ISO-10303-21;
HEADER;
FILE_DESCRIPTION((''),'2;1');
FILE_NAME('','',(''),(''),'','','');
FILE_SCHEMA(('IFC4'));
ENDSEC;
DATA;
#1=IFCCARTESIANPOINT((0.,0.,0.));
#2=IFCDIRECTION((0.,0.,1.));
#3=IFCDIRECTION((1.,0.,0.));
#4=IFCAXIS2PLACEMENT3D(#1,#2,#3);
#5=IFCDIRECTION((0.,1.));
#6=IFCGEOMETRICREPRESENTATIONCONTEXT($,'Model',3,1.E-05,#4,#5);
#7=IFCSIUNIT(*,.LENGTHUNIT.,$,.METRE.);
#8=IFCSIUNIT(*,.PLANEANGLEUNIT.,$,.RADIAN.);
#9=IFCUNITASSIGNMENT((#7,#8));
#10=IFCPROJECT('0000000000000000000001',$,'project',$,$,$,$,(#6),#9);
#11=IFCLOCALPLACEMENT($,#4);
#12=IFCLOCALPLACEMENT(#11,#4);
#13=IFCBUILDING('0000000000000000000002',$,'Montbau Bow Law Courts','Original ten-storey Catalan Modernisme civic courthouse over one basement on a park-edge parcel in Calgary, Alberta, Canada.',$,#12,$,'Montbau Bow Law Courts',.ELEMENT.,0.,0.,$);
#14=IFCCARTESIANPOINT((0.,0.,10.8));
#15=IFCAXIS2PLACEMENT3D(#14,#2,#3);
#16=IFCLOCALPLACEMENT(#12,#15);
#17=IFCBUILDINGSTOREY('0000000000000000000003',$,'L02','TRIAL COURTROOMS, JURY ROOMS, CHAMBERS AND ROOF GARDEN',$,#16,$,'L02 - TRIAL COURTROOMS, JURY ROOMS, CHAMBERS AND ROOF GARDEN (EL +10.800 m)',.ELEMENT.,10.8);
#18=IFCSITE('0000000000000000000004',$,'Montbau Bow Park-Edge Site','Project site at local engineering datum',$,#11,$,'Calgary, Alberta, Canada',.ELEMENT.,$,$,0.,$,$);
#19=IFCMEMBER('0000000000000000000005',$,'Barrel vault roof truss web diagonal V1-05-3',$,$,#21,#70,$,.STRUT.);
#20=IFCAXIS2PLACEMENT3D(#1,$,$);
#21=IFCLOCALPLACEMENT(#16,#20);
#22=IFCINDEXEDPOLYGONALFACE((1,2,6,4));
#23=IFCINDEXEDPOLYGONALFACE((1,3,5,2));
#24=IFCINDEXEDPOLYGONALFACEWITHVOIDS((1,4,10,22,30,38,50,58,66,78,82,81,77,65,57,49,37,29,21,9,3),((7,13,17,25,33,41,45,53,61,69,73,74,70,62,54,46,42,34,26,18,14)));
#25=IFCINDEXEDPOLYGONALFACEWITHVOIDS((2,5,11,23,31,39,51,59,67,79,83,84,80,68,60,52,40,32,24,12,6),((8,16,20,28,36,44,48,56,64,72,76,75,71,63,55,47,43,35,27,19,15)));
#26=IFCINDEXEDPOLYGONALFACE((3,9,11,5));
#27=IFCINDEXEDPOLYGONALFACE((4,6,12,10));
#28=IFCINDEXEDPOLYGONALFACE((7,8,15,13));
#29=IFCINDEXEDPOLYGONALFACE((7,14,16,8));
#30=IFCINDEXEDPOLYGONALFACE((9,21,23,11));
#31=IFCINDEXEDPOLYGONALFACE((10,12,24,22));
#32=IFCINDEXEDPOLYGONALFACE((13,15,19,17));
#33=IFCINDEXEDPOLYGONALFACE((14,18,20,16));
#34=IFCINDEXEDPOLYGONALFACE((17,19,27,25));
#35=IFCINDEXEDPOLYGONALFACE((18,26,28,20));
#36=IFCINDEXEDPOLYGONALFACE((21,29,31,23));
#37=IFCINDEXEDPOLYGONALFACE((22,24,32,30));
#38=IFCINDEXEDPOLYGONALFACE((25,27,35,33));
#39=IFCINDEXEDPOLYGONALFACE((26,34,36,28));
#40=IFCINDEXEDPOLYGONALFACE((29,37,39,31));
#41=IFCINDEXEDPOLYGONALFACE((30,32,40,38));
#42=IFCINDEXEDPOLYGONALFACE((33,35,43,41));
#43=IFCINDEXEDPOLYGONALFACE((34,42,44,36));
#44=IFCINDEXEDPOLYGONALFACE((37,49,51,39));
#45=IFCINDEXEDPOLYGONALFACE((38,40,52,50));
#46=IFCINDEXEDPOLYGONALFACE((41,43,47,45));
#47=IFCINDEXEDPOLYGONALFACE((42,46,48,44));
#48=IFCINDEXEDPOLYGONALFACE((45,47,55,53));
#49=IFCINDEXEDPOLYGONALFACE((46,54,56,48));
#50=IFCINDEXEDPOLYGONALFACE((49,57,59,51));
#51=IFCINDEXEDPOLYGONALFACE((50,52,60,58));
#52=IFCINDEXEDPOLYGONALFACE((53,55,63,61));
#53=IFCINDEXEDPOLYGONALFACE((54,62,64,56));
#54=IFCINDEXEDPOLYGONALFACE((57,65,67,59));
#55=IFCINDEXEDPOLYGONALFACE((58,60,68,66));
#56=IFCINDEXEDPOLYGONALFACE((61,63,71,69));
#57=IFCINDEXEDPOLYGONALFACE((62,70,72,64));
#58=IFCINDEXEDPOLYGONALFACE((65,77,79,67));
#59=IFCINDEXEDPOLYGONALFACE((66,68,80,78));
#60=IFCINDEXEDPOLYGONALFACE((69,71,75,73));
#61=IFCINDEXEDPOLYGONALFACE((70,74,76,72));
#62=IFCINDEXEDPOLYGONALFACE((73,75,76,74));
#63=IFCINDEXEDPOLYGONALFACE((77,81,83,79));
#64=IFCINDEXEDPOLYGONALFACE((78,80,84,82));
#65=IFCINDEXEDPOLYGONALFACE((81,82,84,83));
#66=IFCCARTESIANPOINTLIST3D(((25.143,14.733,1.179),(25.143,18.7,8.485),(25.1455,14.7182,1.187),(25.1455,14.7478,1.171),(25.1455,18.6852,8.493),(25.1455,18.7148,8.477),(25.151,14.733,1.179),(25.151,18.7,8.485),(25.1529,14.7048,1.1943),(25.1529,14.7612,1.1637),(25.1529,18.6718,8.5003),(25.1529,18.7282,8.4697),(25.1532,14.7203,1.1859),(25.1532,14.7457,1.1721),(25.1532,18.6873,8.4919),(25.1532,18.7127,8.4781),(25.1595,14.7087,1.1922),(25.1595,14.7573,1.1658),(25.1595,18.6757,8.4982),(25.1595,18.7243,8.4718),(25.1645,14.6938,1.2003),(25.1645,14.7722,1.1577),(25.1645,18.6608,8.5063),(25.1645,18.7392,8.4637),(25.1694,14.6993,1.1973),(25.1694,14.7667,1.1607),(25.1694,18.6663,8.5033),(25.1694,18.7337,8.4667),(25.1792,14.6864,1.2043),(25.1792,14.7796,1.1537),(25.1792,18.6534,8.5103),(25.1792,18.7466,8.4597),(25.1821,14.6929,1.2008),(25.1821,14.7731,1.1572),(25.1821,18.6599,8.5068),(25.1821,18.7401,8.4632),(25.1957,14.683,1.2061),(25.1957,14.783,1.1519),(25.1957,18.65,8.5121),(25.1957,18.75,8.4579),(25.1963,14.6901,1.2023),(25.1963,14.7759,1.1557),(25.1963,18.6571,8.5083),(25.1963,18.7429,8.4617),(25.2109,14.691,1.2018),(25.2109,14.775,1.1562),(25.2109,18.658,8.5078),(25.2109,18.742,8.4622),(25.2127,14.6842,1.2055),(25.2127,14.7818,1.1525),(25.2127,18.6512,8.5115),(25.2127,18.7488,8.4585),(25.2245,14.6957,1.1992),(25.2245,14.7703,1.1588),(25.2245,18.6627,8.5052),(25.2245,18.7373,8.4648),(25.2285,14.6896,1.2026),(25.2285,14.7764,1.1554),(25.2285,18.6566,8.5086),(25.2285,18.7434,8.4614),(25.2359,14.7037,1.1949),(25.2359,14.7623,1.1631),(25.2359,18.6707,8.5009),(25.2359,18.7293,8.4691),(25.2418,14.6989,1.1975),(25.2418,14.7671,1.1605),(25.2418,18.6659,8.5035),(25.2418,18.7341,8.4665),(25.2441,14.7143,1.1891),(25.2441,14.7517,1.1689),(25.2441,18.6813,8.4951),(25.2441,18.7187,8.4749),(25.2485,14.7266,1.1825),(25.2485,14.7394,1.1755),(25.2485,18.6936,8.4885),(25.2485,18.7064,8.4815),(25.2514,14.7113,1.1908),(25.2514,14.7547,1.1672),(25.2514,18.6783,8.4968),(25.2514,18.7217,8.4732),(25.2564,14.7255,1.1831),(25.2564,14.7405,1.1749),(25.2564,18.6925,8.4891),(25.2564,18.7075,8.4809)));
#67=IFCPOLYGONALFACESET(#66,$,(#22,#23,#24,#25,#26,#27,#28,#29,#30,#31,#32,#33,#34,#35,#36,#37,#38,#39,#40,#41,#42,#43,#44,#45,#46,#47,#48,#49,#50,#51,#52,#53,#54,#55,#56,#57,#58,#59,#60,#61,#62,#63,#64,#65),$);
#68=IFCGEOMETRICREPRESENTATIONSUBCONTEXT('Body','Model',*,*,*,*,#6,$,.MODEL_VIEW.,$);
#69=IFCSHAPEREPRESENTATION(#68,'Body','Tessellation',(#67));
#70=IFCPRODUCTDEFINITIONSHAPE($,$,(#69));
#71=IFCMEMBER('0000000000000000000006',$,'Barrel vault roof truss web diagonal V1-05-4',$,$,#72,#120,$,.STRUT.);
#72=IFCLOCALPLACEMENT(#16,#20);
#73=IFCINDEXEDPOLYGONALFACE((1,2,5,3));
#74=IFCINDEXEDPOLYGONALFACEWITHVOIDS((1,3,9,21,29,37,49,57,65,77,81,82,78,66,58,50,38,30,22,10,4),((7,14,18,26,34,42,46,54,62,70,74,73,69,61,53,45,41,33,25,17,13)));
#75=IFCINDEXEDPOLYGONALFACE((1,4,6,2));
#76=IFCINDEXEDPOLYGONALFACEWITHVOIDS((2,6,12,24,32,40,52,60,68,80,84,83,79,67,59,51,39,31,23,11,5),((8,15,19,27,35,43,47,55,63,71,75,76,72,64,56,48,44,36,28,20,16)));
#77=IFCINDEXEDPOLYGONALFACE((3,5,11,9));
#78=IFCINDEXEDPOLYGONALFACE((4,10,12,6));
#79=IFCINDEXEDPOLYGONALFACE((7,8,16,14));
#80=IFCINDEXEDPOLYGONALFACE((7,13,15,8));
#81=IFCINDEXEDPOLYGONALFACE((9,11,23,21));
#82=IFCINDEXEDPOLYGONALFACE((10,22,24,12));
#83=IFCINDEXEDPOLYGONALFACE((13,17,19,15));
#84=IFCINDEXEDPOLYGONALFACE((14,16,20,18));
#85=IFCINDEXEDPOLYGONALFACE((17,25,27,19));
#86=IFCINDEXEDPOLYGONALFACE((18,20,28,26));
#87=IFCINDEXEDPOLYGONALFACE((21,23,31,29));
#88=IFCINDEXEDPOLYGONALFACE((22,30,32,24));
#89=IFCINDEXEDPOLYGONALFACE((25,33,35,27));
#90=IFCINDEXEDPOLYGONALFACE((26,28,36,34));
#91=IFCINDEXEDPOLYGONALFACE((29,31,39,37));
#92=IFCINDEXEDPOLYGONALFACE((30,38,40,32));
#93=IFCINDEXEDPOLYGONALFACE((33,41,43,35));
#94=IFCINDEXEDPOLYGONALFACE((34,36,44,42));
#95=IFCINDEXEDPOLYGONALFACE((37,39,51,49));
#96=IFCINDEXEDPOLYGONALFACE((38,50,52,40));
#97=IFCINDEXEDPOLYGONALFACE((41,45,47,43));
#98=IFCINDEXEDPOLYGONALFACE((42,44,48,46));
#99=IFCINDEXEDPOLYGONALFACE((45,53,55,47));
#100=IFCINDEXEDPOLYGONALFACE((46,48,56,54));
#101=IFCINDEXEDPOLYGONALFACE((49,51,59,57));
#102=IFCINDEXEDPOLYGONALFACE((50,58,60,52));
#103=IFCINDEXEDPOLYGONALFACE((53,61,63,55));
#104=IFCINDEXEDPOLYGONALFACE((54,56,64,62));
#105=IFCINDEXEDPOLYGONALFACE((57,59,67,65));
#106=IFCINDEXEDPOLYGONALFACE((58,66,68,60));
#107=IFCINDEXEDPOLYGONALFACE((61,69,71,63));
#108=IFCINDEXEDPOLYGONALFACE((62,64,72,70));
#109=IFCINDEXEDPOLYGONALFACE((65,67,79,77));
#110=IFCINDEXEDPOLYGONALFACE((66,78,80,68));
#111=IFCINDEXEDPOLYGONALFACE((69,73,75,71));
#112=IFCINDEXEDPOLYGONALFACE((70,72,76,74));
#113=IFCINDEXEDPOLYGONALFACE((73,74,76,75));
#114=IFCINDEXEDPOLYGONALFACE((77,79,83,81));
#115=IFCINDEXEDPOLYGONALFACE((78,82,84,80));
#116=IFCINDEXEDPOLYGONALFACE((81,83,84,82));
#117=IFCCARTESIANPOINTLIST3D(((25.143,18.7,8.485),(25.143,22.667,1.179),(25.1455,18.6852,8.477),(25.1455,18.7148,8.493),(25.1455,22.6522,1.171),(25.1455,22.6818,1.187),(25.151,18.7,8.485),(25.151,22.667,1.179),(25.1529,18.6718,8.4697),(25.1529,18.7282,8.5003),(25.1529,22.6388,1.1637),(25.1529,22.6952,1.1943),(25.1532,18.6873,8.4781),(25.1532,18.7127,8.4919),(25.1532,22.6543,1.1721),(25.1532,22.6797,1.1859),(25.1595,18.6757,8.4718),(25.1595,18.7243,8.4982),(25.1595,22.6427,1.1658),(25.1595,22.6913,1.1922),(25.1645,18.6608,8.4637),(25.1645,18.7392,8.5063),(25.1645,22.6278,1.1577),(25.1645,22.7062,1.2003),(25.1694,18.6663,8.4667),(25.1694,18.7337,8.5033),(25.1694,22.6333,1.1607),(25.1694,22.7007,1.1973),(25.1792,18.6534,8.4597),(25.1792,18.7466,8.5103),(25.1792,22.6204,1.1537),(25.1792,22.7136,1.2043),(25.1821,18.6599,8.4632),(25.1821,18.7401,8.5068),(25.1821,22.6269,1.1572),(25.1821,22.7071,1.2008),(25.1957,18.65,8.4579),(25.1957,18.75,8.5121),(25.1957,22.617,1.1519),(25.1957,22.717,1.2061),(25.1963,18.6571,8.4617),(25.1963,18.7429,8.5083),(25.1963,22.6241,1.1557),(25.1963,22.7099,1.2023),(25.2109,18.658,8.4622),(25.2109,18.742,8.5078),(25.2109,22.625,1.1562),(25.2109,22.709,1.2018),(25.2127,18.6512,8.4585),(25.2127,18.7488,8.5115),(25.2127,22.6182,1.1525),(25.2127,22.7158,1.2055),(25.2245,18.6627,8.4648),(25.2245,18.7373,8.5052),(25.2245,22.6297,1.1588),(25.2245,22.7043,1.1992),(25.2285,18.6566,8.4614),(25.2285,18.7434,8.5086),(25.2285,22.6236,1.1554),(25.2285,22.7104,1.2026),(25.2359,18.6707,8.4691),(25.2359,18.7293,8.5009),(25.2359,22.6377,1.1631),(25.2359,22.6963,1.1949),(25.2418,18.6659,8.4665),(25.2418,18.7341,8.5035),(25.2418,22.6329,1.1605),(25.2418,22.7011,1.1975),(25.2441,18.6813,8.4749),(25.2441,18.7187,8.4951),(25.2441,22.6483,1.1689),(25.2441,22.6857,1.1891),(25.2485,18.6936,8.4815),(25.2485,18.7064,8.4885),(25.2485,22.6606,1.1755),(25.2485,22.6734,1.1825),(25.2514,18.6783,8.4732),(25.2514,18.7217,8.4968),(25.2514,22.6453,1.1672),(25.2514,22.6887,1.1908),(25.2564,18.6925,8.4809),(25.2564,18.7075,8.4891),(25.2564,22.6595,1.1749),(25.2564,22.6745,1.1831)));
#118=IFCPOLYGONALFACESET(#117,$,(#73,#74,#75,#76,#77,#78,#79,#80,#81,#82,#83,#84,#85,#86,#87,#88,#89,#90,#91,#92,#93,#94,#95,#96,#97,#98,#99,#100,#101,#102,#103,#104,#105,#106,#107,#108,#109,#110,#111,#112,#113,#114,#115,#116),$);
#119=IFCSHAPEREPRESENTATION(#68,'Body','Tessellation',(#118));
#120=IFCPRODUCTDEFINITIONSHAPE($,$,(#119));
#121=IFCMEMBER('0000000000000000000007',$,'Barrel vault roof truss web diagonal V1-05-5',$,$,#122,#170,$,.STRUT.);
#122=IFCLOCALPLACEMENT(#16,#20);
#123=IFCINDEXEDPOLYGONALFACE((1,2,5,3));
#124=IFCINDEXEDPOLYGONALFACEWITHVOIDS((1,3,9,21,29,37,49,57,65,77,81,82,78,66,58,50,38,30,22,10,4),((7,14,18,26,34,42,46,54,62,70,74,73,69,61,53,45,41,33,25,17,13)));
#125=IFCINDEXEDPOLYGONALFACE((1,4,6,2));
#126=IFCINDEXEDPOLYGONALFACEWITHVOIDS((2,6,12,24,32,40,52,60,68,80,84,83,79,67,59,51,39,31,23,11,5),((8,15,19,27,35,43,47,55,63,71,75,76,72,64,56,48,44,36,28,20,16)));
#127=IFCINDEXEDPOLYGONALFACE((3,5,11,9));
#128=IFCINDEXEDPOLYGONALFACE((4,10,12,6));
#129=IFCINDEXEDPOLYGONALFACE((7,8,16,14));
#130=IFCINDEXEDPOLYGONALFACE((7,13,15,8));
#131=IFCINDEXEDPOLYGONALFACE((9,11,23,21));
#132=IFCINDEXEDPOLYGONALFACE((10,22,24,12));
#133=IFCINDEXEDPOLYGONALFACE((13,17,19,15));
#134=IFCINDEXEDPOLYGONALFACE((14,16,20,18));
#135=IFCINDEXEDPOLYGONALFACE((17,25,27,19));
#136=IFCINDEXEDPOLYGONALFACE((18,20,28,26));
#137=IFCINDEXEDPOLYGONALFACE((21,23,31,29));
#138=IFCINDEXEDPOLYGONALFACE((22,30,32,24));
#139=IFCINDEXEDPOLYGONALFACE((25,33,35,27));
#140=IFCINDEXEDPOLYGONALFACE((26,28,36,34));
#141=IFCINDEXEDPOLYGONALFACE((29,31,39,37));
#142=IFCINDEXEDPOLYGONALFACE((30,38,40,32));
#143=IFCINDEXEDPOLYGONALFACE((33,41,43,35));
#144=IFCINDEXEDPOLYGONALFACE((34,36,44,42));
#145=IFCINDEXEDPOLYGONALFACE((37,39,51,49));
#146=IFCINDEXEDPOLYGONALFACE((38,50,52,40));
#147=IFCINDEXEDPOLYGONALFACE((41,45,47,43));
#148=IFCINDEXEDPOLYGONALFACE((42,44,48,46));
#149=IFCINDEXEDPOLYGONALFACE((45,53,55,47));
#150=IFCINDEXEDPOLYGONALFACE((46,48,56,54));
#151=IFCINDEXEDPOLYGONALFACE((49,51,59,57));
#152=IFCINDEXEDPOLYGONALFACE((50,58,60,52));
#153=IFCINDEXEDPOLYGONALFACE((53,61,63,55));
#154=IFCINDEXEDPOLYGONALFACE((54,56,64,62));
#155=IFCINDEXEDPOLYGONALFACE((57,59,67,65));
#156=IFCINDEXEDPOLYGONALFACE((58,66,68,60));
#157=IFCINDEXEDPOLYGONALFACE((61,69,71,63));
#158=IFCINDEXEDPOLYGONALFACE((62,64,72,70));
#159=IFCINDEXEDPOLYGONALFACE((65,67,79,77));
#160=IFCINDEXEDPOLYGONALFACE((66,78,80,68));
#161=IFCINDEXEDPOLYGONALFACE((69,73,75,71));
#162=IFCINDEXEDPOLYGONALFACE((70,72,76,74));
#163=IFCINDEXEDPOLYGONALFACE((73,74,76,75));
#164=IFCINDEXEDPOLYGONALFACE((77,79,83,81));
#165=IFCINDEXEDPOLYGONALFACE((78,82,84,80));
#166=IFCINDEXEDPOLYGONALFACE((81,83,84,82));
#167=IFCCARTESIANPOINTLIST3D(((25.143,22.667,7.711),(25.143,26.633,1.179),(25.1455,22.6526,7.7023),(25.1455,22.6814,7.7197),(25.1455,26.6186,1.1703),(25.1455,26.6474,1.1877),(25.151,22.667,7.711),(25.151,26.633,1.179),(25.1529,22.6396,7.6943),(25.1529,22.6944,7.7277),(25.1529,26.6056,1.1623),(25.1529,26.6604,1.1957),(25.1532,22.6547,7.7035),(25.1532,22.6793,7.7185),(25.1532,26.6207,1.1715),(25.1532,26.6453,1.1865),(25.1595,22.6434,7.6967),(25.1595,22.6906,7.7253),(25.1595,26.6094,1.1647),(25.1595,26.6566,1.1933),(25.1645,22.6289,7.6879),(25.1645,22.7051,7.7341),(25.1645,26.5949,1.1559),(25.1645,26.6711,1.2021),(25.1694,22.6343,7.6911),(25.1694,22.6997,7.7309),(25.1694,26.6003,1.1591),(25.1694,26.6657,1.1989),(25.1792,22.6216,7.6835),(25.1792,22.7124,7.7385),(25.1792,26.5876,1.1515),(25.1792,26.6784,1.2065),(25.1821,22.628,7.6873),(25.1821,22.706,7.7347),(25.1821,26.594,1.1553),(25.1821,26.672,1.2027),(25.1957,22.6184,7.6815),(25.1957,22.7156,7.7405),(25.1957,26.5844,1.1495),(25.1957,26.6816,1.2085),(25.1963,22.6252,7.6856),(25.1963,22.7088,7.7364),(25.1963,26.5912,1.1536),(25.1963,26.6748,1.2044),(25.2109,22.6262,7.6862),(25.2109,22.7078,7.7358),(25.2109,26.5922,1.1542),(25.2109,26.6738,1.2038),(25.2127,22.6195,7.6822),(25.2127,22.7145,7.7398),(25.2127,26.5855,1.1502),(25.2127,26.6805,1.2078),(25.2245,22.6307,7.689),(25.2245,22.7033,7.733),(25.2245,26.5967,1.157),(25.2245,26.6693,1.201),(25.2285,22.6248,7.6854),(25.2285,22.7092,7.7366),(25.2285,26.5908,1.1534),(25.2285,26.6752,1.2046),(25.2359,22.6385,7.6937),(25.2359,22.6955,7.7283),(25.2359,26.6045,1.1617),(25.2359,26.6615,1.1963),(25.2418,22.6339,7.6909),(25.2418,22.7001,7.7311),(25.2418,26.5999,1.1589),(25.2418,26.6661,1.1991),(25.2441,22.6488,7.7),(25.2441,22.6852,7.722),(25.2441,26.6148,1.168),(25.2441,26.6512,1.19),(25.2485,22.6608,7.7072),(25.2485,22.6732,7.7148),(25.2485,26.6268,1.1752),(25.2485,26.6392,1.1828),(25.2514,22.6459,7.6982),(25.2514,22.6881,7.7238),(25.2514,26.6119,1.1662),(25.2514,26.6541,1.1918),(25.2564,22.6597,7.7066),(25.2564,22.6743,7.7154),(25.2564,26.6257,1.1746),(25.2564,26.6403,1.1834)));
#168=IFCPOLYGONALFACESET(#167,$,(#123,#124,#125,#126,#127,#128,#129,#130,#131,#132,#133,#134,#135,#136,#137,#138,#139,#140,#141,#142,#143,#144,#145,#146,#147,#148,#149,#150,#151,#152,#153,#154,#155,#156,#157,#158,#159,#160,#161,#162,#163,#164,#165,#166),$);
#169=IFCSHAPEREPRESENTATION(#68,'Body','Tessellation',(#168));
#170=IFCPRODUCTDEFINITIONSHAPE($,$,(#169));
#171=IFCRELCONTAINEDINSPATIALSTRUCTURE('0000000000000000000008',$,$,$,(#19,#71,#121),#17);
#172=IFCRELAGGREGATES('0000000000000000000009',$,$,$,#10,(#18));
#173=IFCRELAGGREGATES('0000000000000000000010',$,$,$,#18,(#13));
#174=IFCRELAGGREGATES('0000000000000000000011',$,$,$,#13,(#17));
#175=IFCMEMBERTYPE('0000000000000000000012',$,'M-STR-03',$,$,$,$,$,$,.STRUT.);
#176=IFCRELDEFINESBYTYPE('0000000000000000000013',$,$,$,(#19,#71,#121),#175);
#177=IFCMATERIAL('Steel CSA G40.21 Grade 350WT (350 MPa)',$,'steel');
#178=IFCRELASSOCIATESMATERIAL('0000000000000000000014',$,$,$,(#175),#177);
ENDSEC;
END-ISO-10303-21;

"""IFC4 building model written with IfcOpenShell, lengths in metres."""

from ifc_helpers import new_model, si_unit, direction, frame, origin_with_axes, origin_2d_with_axis, place, context, subcontext, project, spatial, hollow_circle, extrude, material, material_profile, profile_set, type_object, element, save


model = new_model("IFC4")

# Units and contexts
model_context = context("Model", 3, precision=1e-05, world=origin_with_axes(), true_north=direction((0.0, 1.0)))
body_context = subcontext(model_context, "Body", "Model", "MODEL_VIEW")
ifc_project = project(units=[si_unit("LENGTHUNIT", "METRE"), si_unit("PLANEANGLEUNIT", "RADIAN")], contexts=[model_context])

# Site, building, storey
site_placement = place(None, origin_with_axes())
site = spatial("IfcSite", under=ifc_project, at=site_placement, Name="Montbau Bow Park-Edge Site", Description="Project site at local engineering datum", LongName="Calgary, Alberta, Canada", CompositionType="ELEMENT", RefElevation=0.0)
building_placement = place(site_placement, origin_with_axes())
building = spatial("IfcBuilding", under=site, at=building_placement, Name="Montbau Bow Law Courts", Description="Original ten-storey Catalan Modernisme civic courthouse over one basement on a park-edge parcel in Calgary, Alberta, Canada.", LongName="Montbau Bow Law Courts", CompositionType="ELEMENT", ElevationOfRefHeight=0.0, ElevationOfTerrain=0.0)
storey_placement = place(building_placement, frame((0.0, 0.0, 10.8), z_axis=(0.0, 0.0, 1.0), x_axis=(1.0, 0.0, 0.0)))
storey = spatial("IfcBuildingStorey", under=building, at=storey_placement, Name="L02", Description="TRIAL COURTROOMS, JURY ROOMS, CHAMBERS AND ROOF GARDEN", LongName="L02 - TRIAL COURTROOMS, JURY ROOMS, CHAMBERS AND ROOF GARDEN (EL +10.800 m)", CompositionType="ELEMENT", Elevation=10.8)

# Shared definitions
ifc_material = material(Name="Steel CSA G40.21 Grade 350WT (350 MPa)", Category="steel")

# Members
ifc_material_profile_1 = material_profile(ifc_material, hollow_circle(Radius=0.057, WallThickness=0.008, at=origin_2d_with_axis()), Name="HSS114X8.0", Category="Main", Priority=0)
ifc_profile_set_1 = profile_set([ifc_material_profile_1], Name="Steel CSA G40.21 Grade 350WT (350 MPa)")
member_type_1 = type_object("IfcMemberType", Name="M-STR-03", PredefinedType="STRUT", material=ifc_profile_set_1)
for number, where, z_axis, x_axis, name in (
    (1, (25.2, 14.733, 11.979), (0.0, 0.477174, 0.878809), (-1.0, 0.0, 0.0), "Barrel vault roof truss web diagonal V1-05-3"),
    (2, (25.2, 18.7, 19.285), (0.0, 0.477174, -0.878809), (-1.0, 0.0, 0.0), "Barrel vault roof truss web diagonal V1-05-4"),
):
    element("IfcMember", number, at=place(None, frame(where, z_axis=z_axis, x_axis=x_axis)), inside=storey, type_object=member_type_1, Name=name, PredefinedType="STRUT", context=body_context, shape_type="SweptSolid", body=[
        extrude(hollow_circle(Radius=0.057, WallThickness=0.008, at=origin_2d_with_axis()), origin_with_axes(), (0.0, 0.0, 1.0), 8.3135),
    ])
member_1_placement = place(None, frame((25.2, 22.667, 18.511), z_axis=(0.0, 0.518992, -0.854779), x_axis=(-1.0, 0.0, 0.0)))
element("IfcMember", 3, at=member_1_placement, inside=storey, type_object=member_type_1, Name="Barrel vault roof truss web diagonal V1-05-5", PredefinedType="STRUT", context=body_context, shape_type="SweptSolid", body=[
    extrude(hollow_circle(Radius=0.057, WallThickness=0.008, at=origin_2d_with_axis()), origin_with_axes(), (0.0, 0.0, 1.0), 7.6417),
])

save(model, "model.ifc")
